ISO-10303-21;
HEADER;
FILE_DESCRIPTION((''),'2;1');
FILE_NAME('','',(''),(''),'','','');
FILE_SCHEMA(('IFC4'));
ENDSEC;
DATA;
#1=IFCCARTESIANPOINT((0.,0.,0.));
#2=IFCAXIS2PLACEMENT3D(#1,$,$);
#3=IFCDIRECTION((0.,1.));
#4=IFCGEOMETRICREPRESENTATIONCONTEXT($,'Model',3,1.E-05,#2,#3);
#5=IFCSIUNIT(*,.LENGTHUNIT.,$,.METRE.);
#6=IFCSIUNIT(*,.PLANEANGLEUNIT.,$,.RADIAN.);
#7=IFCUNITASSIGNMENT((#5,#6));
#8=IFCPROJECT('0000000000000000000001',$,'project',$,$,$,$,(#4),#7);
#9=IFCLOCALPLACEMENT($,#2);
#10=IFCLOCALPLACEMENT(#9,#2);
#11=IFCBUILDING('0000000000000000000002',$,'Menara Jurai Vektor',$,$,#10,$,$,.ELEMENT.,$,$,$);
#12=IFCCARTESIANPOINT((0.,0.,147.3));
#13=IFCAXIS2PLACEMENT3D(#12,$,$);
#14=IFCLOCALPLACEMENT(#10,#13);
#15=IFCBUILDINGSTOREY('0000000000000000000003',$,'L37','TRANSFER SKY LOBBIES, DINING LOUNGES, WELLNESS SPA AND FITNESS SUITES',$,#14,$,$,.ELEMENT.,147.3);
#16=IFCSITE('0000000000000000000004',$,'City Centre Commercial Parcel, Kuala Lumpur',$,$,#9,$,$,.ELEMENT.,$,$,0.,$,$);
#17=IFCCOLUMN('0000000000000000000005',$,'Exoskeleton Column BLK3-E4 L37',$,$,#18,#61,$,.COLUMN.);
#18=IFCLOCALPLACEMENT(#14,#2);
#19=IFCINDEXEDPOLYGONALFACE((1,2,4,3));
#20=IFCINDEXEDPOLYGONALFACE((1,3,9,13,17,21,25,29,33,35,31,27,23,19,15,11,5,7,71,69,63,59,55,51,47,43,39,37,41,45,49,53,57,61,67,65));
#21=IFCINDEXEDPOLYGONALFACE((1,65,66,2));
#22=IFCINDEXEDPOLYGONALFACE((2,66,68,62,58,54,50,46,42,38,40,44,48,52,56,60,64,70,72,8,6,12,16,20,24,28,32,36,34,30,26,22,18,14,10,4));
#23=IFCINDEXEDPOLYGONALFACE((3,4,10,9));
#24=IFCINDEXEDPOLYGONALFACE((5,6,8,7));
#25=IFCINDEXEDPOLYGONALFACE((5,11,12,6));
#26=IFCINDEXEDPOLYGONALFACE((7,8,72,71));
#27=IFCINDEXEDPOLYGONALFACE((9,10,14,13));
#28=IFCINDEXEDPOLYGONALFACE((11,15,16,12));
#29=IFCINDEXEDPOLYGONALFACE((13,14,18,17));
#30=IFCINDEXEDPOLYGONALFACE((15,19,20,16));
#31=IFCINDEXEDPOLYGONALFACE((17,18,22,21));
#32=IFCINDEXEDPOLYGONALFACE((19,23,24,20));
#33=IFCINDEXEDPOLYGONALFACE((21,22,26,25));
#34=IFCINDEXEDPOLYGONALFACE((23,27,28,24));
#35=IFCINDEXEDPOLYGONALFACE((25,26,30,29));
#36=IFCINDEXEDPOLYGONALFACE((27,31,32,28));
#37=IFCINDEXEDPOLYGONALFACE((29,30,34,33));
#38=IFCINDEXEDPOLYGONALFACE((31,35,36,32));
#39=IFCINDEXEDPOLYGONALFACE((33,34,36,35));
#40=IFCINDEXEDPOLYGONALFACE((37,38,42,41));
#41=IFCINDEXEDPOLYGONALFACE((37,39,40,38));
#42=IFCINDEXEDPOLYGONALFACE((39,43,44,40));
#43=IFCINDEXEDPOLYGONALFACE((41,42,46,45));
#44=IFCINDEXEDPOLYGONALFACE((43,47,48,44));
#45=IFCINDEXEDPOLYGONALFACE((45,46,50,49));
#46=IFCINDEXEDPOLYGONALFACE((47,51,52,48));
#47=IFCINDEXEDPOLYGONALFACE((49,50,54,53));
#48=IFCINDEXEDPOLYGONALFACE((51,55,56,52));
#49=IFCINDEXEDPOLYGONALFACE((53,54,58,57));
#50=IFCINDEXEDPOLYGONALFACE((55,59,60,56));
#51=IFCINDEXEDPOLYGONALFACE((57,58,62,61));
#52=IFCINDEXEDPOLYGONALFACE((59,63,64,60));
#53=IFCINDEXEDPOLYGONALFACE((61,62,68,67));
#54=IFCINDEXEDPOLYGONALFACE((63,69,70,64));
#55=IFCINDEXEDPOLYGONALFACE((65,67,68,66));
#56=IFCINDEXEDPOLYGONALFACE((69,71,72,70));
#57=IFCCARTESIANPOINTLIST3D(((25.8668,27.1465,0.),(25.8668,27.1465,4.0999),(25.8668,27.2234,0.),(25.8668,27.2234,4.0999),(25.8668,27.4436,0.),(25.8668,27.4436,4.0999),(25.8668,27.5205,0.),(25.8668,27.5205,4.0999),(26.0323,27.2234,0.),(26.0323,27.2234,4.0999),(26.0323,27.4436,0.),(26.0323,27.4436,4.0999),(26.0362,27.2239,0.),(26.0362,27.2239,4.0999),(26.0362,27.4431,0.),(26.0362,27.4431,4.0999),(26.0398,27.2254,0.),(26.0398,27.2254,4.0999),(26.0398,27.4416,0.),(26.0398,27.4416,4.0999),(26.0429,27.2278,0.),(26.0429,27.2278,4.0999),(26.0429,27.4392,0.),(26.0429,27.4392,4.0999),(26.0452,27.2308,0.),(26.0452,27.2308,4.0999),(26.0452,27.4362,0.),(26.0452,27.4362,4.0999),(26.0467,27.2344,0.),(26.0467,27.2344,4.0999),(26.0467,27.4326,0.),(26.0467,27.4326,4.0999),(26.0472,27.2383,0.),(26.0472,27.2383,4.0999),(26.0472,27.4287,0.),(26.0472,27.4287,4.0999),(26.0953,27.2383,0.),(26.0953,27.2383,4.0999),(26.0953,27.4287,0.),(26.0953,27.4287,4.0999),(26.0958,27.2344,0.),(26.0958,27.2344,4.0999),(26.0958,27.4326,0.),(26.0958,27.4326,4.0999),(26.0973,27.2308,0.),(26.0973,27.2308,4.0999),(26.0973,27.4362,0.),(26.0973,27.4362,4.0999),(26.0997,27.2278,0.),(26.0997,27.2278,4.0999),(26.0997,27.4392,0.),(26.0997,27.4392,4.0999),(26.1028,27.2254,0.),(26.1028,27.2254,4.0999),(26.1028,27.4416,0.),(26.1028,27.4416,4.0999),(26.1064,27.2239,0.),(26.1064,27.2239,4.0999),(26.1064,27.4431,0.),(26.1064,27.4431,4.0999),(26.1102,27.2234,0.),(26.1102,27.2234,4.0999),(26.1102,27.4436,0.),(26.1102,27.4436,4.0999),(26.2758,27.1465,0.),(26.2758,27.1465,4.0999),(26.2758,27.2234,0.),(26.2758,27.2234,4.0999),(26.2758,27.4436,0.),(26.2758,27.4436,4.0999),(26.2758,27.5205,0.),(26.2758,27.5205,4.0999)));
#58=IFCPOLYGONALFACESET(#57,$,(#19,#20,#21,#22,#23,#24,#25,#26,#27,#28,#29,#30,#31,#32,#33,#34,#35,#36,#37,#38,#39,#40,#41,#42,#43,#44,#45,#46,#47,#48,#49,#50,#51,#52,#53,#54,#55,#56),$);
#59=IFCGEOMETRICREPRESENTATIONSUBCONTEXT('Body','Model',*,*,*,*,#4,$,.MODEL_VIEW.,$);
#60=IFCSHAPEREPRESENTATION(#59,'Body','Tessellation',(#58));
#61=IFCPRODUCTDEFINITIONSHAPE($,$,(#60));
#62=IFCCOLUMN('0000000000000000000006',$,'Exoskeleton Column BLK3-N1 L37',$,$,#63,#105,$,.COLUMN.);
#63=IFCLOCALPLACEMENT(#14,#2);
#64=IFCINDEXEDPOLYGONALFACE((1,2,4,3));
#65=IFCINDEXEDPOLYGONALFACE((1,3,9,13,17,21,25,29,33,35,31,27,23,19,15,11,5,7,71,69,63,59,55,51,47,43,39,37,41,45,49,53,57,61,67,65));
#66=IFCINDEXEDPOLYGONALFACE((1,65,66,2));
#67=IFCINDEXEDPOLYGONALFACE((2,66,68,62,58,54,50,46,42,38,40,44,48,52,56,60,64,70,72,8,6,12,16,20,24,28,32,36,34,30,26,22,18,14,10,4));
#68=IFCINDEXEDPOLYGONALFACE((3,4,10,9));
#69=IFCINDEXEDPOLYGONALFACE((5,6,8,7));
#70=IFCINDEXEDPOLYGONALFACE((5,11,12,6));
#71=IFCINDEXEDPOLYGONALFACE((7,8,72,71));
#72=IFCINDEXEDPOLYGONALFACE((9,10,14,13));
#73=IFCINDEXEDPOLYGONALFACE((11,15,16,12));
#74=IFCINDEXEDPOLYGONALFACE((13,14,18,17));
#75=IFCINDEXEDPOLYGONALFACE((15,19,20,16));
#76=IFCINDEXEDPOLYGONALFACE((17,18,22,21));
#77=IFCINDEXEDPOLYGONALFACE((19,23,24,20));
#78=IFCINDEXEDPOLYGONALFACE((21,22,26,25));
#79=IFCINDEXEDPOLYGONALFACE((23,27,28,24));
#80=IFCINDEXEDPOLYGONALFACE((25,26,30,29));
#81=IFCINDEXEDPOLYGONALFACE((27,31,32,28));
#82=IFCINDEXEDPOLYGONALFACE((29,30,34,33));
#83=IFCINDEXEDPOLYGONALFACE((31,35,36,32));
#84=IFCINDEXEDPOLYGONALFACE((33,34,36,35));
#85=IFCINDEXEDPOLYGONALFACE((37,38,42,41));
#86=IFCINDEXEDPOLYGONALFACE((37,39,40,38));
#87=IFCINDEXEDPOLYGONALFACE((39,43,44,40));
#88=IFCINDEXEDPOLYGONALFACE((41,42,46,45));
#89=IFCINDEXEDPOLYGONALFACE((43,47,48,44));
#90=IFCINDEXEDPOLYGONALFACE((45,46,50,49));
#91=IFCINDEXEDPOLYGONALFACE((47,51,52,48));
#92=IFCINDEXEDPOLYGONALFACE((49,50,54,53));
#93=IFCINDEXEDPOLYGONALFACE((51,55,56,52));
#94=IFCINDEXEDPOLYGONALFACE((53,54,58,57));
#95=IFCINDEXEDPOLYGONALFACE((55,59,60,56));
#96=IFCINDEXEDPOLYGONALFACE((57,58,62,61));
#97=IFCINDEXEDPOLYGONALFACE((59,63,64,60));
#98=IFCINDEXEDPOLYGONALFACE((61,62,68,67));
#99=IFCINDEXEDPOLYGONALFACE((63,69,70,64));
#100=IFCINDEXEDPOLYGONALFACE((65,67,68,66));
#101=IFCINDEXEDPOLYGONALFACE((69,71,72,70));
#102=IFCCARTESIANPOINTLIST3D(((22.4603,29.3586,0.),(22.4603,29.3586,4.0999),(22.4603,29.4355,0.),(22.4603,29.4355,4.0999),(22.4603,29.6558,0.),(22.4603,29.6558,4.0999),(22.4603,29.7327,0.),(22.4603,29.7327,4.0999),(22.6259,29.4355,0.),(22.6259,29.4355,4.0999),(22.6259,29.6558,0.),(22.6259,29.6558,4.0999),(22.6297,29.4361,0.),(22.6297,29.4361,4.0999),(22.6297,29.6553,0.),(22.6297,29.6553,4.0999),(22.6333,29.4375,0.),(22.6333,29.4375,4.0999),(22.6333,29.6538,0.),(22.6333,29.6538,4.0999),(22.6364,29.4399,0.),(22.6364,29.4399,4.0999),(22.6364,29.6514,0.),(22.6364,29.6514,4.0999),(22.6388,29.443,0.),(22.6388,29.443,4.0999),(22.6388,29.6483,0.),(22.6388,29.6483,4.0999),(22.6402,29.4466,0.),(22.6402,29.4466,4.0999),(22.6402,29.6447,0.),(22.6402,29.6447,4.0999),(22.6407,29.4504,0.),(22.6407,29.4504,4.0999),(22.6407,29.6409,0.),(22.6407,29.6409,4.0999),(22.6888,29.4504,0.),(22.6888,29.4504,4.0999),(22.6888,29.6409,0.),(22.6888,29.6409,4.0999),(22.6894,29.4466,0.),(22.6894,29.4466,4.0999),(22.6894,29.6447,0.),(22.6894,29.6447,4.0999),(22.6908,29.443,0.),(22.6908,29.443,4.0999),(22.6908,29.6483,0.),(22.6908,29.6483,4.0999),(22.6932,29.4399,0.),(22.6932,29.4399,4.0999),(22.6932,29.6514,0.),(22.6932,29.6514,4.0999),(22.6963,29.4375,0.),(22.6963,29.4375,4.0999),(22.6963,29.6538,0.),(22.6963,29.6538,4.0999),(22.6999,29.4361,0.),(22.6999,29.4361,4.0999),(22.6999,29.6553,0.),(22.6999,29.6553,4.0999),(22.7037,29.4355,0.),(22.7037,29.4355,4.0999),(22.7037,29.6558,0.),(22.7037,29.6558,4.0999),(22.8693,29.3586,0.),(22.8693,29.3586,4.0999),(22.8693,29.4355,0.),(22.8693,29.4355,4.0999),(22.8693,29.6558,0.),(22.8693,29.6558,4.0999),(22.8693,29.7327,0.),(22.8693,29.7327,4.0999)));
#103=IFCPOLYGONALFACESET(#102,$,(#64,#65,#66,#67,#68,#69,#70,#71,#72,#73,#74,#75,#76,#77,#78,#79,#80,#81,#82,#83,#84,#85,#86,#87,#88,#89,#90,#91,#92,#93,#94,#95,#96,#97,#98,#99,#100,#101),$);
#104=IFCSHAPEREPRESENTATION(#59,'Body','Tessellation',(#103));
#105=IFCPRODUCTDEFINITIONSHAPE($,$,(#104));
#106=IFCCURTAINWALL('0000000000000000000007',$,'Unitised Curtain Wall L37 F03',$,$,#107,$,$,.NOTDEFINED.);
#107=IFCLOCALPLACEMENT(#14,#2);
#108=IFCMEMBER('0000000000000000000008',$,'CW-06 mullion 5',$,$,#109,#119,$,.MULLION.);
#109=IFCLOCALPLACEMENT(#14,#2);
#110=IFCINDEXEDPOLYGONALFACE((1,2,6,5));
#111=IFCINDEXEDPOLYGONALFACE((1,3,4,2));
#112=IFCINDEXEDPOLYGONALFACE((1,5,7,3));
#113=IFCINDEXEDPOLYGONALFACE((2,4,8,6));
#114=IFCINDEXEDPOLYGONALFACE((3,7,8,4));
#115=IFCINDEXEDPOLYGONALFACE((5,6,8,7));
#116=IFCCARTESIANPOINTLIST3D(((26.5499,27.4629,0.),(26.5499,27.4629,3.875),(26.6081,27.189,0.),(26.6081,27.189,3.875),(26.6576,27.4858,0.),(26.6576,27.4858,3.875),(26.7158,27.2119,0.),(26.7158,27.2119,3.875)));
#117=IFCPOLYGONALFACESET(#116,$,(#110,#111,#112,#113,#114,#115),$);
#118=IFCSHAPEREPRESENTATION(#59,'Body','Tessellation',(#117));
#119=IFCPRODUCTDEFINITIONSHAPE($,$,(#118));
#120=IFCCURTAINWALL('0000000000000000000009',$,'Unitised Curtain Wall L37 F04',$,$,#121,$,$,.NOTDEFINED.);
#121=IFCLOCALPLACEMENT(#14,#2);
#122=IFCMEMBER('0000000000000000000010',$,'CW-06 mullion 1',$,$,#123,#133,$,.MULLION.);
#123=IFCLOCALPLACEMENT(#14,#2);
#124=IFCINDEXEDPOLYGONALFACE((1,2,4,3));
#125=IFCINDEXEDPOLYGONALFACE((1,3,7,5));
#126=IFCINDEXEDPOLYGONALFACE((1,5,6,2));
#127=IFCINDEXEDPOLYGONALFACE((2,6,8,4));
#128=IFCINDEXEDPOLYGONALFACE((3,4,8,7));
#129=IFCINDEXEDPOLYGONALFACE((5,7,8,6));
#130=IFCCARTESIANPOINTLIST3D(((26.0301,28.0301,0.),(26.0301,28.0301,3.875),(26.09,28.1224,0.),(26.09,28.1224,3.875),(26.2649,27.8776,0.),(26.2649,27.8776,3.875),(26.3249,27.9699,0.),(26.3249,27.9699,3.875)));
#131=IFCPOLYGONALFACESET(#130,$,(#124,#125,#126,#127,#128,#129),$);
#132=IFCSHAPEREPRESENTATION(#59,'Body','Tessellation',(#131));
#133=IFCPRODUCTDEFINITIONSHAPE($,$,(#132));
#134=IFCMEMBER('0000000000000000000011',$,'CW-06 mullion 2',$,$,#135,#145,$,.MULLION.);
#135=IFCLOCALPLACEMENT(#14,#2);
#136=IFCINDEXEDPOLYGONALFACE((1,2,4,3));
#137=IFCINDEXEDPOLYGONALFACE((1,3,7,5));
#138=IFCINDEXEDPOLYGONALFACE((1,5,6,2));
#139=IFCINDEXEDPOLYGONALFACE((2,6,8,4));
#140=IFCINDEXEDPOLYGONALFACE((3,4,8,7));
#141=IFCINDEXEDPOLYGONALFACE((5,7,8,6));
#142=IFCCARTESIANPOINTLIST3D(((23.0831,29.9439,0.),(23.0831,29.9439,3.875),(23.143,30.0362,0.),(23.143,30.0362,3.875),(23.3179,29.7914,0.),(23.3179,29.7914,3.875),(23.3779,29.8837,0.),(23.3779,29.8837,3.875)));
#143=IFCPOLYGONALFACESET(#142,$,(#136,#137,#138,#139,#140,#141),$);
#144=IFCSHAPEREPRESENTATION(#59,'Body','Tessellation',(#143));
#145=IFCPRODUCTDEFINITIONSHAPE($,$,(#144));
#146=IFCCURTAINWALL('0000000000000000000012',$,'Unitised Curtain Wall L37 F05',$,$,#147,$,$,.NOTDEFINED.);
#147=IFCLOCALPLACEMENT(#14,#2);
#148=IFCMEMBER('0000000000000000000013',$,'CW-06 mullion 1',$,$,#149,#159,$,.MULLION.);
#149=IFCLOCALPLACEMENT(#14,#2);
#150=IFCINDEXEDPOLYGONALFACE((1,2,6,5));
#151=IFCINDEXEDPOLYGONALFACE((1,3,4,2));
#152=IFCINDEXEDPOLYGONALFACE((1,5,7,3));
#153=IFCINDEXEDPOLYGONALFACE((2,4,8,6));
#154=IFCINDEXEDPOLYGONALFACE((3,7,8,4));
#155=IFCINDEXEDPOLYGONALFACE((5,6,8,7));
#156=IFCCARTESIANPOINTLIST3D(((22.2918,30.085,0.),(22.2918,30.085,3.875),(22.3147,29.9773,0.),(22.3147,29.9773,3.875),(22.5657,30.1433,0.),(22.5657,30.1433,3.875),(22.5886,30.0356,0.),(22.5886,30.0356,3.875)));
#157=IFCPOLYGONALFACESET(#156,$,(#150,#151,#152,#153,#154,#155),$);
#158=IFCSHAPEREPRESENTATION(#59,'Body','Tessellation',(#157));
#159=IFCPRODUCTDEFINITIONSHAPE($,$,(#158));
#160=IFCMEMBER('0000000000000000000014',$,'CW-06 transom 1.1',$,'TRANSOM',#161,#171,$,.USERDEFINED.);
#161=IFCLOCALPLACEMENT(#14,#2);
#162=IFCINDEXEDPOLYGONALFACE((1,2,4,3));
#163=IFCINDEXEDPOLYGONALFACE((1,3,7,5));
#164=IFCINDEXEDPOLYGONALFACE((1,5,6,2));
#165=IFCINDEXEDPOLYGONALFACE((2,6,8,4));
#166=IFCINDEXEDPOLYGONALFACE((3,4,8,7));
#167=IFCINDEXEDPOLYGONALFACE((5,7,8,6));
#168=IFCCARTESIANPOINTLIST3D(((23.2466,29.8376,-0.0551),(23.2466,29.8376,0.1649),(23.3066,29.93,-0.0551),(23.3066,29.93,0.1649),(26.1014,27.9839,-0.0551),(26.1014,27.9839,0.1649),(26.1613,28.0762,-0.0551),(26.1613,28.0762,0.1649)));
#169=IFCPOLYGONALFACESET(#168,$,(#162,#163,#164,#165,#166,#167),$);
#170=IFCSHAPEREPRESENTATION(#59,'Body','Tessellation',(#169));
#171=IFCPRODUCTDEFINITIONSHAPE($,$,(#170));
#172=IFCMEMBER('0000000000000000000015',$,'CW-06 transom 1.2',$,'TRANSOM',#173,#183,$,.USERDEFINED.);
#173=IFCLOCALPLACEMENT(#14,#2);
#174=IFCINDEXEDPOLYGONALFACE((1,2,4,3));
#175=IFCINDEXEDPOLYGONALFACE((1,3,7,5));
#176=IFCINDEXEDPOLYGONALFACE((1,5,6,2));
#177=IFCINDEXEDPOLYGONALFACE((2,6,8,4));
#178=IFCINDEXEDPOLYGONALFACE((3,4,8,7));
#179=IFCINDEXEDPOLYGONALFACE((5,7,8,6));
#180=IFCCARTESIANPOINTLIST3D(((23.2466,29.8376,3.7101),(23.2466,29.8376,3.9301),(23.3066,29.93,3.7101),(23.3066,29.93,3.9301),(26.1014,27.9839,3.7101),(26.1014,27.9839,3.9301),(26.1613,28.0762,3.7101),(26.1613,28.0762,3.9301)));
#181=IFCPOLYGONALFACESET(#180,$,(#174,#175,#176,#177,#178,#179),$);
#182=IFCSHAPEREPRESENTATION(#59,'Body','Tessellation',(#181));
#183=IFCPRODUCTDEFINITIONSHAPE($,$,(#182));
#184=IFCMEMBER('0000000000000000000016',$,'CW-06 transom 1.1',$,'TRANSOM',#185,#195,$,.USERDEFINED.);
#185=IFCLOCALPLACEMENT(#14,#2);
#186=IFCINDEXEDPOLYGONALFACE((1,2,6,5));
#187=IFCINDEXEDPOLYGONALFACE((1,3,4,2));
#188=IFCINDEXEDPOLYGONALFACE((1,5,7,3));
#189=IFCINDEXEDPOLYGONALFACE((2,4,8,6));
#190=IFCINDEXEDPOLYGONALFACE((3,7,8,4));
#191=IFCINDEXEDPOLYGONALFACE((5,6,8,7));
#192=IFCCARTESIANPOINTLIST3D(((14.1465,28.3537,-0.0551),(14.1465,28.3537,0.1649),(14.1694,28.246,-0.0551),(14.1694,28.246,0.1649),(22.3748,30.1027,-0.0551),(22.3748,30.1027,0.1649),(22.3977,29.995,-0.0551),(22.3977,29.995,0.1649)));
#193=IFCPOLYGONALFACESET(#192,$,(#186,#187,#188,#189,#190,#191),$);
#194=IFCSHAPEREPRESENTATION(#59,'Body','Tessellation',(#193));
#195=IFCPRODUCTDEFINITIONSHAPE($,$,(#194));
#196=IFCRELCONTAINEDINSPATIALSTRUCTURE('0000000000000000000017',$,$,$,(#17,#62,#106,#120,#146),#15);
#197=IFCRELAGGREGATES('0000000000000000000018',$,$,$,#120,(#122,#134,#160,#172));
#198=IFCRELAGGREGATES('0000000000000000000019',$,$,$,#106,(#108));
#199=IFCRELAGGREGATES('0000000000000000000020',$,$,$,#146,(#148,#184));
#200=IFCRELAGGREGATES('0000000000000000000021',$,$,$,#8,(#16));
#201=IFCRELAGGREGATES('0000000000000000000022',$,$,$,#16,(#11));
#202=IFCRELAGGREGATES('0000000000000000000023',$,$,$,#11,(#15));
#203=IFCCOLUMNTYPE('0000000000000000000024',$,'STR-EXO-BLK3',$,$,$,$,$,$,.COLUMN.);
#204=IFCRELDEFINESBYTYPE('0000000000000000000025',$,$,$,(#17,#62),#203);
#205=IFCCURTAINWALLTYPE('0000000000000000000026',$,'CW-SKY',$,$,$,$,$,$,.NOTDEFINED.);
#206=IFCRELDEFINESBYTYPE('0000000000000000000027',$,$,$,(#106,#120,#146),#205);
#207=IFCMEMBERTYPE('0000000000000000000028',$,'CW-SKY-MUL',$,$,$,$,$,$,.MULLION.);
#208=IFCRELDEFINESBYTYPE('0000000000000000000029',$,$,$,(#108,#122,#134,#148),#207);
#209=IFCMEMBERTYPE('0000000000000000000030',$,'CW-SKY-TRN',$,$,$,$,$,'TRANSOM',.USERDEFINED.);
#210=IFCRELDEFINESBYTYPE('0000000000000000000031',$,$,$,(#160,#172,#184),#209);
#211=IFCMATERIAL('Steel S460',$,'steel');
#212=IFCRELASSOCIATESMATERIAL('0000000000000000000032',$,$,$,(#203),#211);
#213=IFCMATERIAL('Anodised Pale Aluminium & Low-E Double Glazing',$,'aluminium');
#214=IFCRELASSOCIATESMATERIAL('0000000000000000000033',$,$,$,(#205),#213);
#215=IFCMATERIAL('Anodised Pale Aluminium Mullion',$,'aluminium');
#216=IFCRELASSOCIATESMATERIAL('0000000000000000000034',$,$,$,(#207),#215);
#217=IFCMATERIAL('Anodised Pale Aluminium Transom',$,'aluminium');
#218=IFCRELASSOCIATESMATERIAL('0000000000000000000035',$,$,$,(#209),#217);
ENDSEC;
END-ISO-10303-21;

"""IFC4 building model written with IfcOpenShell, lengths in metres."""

from ifc_helpers import new_model, si_unit, direction, frame, origin, origin_2d, place, context, subcontext, project, spatial, rectangle, i_section, extrude, material, material_profile, profile_set, type_object, element, aggregate, save


model = new_model("IFC4")

# Units and contexts
model_context = context("Model", 3, precision=1e-05, world=origin(), true_north=direction((0.0, 1.0)))
body_context = subcontext(model_context, "Body", "Model", "MODEL_VIEW")
ifc_project = project(units=[si_unit("LENGTHUNIT", "METRE"), si_unit("PLANEANGLEUNIT", "RADIAN")], contexts=[model_context])

# Site, building, storey
site_placement = place(None, origin())
site = spatial("IfcSite", under=ifc_project, at=site_placement, Name="City Centre Commercial Parcel, Kuala Lumpur", CompositionType="ELEMENT", RefElevation=0.0)
building_placement = place(site_placement, origin())
building = spatial("IfcBuilding", under=site, at=building_placement, Name="Menara Jurai Vektor", CompositionType="ELEMENT")
storey_placement = place(building_placement, frame((0.0, 0.0, 147.3)))
storey = spatial("IfcBuildingStorey", under=building, at=storey_placement, Name="L37", Description="TRANSFER SKY LOBBIES, DINING LOUNGES, WELLNESS SPA AND FITNESS SUITES", CompositionType="ELEMENT", Elevation=147.3)

# Columns
ifc_material_1 = material(Name="Steel S460", Category="steel")
ifc_material_profile_1 = material_profile(ifc_material_1, i_section(OverallWidth=0.4089, OverallDepth=0.374, WebThickness=0.0481, FlangeThickness=0.0769, FilletRadius=0.0149, at=origin_2d()), Name="HD 400x634")
ifc_profile_set_1 = profile_set([ifc_material_profile_1], Name="Steel S460")
column_type = type_object("IfcColumnType", Name="STR-EXO-BLK3", PredefinedType="COLUMN", material=ifc_profile_set_1)
for number, where, z_axis, x_axis, name in (
    (1, (26.0713, 27.3335, 0.0), (0.0, 0.0, 1.0), (1.0, 0.0, 0.0), "Exoskeleton Column BLK3-E4 L37"),
    (2, (22.6648, 29.5457, 0.0), (0.0, 0.0, 1.0), (1.0, 0.0, 0.0), "Exoskeleton Column BLK3-N1 L37"),
):
    element("IfcColumn", number, at=place(storey_placement, frame(where, z_axis=z_axis, x_axis=x_axis)), inside=storey, type_object=column_type, Name=name, PredefinedType="COLUMN", context=body_context, shape_type="SweptSolid", body=[
        extrude(i_section(OverallWidth=0.4089, OverallDepth=0.374, WebThickness=0.0481, FlangeThickness=0.0769, FilletRadius=0.0149, at=origin_2d()), origin(), (0.0, 0.0, 1.0), 4.0999),
    ])

# Curtain wall, member
ifc_material_2 = material(Name="Anodised Pale Aluminium & Low-E Double Glazing", Category="aluminium")
curtain_wall_type = type_object("IfcCurtainWallType", Name="CW-SKY", PredefinedType="NOTDEFINED", material=ifc_material_2)
curtain_wall_1_placement = place(storey_placement, origin())
curtain_wall_1 = element("IfcCurtainWall", 3, at=curtain_wall_1_placement, inside=storey, type_object=curtain_wall_type, Name="Unitised Curtain Wall L37 F03", PredefinedType="NOTDEFINED")
ifc_material_3 = material(Name="Anodised Pale Aluminium Mullion", Category="aluminium")
ifc_material_profile_2 = material_profile(ifc_material_3, rectangle(XDim=0.1101, YDim=0.28, at=origin_2d()), Name="ALU MUL 110x280")
ifc_profile_set_2 = profile_set([ifc_material_profile_2], Name="Anodised Pale Aluminium Mullion")
member_type_1 = type_object("IfcMemberType", Name="CW-SKY-MUL", PredefinedType="MULLION", material=ifc_profile_set_2)
member_1_placement = place(storey_placement, frame((26.6328, 27.3374, 0.0), z_axis=(0.0, 0.0, 1.0), x_axis=(-0.978148, -0.20791, 0.0)))
member_1 = element("IfcMember", 4, at=member_1_placement, type_object=member_type_1, Name="CW-06 mullion 5", PredefinedType="MULLION", context=body_context, shape_type="SweptSolid", body=[
    extrude(rectangle(XDim=0.1101, YDim=0.28, at=origin_2d()), origin(), (0.0, 0.0, 1.0), 3.875),
])

# Curtain wall, members
curtain_wall_2_placement = place(storey_placement, origin())
curtain_wall_2 = element("IfcCurtainWall", 5, at=curtain_wall_2_placement, inside=storey, type_object=curtain_wall_type, Name="Unitised Curtain Wall L37 F04", PredefinedType="NOTDEFINED")
member_2_placement = place(storey_placement, frame((26.1775, 28.0, 0.0), z_axis=(0.0, 0.0, 1.0), x_axis=(-0.544618, -0.838684, 0.0)))
member_2 = element("IfcMember", 6, at=member_2_placement, type_object=member_type_1, Name="CW-06 mullion 1", PredefinedType="MULLION", context=body_context, shape_type="SweptSolid", body=[
    extrude(rectangle(XDim=0.1101, YDim=0.28, at=origin_2d()), origin(), (0.0, 0.0, 1.0), 3.875),
])
member_3_placement = place(storey_placement, frame((23.2305, 29.9138, 0.0), z_axis=(0.0, 0.0, 1.0), x_axis=(-0.544618, -0.838684, 0.0)))
member_3 = element("IfcMember", 7, at=member_3_placement, type_object=member_type_1, Name="CW-06 mullion 2", PredefinedType="MULLION", context=body_context, shape_type="SweptSolid", body=[
    extrude(rectangle(XDim=0.1101, YDim=0.28, at=origin_2d()), origin(), (0.0, 0.0, 1.0), 3.875),
])

# Curtain wall, member
curtain_wall_3_placement = place(storey_placement, origin())
curtain_wall_3 = element("IfcCurtainWall", 8, at=curtain_wall_3_placement, inside=storey, type_object=curtain_wall_type, Name="Unitised Curtain Wall L37 F05", PredefinedType="NOTDEFINED")
member_4_placement = place(storey_placement, frame((22.4402, 30.0603, 0.0), z_axis=(0.0, 0.0, 1.0), x_axis=(0.207911, -0.978148, 0.0)))
member_4 = element("IfcMember", 9, at=member_4_placement, type_object=member_type_1, Name="CW-06 mullion 1", PredefinedType="MULLION", context=body_context, shape_type="SweptSolid", body=[
    extrude(rectangle(XDim=0.1101, YDim=0.28, at=origin_2d()), origin(), (0.0, 0.0, 1.0), 3.875),
])

# Members
ifc_material_4 = material(Name="Anodised Pale Aluminium Transom", Category="aluminium")
ifc_material_profile_3 = material_profile(ifc_material_4, rectangle(XDim=0.1101, YDim=0.22, at=origin_2d()), Name="ALU TRN 110x220")
ifc_profile_set_3 = profile_set([ifc_material_profile_3], Name="Anodised Pale Aluminium Transom")
member_type_2 = type_object("IfcMemberType", Name="CW-SKY-TRN", ElementType="TRANSOM", PredefinedType="USERDEFINED", material=ifc_profile_set_3)
member_5_placement = place(storey_placement, frame((26.1313, 28.03, 0.0549), z_axis=(-0.838688, 0.544613, 0.0), x_axis=(-0.544613, -0.838688, 0.0)))
member_5 = element("IfcMember", 10, at=member_5_placement, type_object=member_type_2, Name="CW-06 transom 1.1", ObjectType="TRANSOM", PredefinedType="USERDEFINED", context=body_context, shape_type="SweptSolid", body=[
    extrude(rectangle(XDim=0.1101, YDim=0.22, at=origin_2d()), origin(), (0.0, 0.0, 1.0), 3.4038),
])
member_6_placement = place(storey_placement, frame((26.1313, 28.03, 3.8201), z_axis=(-0.838688, 0.544613, 0.0), x_axis=(-0.544613, -0.838688, 0.0)))
member_6 = element("IfcMember", 11, at=member_6_placement, type_object=member_type_2, Name="CW-06 transom 1.2", ObjectType="TRANSOM", PredefinedType="USERDEFINED", context=body_context, shape_type="SweptSolid", body=[
    extrude(rectangle(XDim=0.1101, YDim=0.22, at=origin_2d()), origin(), (0.0, 0.0, 1.0), 3.4038),
])
member_7_placement = place(storey_placement, frame((22.3862, 30.0488, 0.0549), z_axis=(-0.978146, -0.207917, 0.0), x_axis=(0.207917, -0.978146, 0.0)))
member_7 = element("IfcMember", 12, at=member_7_placement, type_object=member_type_2, Name="CW-06 transom 1.1", ObjectType="TRANSOM", PredefinedType="USERDEFINED", context=body_context, shape_type="SweptSolid", body=[
    extrude(rectangle(XDim=0.1101, YDim=0.22, at=origin_2d()), origin(), (0.0, 0.0, 1.0), 8.4121),
])

aggregate(curtain_wall_2, [member_2, member_3, member_5, member_6])
aggregate(curtain_wall_1, [member_1])
aggregate(curtain_wall_3, [member_4, member_7])

save(model, "model.ifc")
